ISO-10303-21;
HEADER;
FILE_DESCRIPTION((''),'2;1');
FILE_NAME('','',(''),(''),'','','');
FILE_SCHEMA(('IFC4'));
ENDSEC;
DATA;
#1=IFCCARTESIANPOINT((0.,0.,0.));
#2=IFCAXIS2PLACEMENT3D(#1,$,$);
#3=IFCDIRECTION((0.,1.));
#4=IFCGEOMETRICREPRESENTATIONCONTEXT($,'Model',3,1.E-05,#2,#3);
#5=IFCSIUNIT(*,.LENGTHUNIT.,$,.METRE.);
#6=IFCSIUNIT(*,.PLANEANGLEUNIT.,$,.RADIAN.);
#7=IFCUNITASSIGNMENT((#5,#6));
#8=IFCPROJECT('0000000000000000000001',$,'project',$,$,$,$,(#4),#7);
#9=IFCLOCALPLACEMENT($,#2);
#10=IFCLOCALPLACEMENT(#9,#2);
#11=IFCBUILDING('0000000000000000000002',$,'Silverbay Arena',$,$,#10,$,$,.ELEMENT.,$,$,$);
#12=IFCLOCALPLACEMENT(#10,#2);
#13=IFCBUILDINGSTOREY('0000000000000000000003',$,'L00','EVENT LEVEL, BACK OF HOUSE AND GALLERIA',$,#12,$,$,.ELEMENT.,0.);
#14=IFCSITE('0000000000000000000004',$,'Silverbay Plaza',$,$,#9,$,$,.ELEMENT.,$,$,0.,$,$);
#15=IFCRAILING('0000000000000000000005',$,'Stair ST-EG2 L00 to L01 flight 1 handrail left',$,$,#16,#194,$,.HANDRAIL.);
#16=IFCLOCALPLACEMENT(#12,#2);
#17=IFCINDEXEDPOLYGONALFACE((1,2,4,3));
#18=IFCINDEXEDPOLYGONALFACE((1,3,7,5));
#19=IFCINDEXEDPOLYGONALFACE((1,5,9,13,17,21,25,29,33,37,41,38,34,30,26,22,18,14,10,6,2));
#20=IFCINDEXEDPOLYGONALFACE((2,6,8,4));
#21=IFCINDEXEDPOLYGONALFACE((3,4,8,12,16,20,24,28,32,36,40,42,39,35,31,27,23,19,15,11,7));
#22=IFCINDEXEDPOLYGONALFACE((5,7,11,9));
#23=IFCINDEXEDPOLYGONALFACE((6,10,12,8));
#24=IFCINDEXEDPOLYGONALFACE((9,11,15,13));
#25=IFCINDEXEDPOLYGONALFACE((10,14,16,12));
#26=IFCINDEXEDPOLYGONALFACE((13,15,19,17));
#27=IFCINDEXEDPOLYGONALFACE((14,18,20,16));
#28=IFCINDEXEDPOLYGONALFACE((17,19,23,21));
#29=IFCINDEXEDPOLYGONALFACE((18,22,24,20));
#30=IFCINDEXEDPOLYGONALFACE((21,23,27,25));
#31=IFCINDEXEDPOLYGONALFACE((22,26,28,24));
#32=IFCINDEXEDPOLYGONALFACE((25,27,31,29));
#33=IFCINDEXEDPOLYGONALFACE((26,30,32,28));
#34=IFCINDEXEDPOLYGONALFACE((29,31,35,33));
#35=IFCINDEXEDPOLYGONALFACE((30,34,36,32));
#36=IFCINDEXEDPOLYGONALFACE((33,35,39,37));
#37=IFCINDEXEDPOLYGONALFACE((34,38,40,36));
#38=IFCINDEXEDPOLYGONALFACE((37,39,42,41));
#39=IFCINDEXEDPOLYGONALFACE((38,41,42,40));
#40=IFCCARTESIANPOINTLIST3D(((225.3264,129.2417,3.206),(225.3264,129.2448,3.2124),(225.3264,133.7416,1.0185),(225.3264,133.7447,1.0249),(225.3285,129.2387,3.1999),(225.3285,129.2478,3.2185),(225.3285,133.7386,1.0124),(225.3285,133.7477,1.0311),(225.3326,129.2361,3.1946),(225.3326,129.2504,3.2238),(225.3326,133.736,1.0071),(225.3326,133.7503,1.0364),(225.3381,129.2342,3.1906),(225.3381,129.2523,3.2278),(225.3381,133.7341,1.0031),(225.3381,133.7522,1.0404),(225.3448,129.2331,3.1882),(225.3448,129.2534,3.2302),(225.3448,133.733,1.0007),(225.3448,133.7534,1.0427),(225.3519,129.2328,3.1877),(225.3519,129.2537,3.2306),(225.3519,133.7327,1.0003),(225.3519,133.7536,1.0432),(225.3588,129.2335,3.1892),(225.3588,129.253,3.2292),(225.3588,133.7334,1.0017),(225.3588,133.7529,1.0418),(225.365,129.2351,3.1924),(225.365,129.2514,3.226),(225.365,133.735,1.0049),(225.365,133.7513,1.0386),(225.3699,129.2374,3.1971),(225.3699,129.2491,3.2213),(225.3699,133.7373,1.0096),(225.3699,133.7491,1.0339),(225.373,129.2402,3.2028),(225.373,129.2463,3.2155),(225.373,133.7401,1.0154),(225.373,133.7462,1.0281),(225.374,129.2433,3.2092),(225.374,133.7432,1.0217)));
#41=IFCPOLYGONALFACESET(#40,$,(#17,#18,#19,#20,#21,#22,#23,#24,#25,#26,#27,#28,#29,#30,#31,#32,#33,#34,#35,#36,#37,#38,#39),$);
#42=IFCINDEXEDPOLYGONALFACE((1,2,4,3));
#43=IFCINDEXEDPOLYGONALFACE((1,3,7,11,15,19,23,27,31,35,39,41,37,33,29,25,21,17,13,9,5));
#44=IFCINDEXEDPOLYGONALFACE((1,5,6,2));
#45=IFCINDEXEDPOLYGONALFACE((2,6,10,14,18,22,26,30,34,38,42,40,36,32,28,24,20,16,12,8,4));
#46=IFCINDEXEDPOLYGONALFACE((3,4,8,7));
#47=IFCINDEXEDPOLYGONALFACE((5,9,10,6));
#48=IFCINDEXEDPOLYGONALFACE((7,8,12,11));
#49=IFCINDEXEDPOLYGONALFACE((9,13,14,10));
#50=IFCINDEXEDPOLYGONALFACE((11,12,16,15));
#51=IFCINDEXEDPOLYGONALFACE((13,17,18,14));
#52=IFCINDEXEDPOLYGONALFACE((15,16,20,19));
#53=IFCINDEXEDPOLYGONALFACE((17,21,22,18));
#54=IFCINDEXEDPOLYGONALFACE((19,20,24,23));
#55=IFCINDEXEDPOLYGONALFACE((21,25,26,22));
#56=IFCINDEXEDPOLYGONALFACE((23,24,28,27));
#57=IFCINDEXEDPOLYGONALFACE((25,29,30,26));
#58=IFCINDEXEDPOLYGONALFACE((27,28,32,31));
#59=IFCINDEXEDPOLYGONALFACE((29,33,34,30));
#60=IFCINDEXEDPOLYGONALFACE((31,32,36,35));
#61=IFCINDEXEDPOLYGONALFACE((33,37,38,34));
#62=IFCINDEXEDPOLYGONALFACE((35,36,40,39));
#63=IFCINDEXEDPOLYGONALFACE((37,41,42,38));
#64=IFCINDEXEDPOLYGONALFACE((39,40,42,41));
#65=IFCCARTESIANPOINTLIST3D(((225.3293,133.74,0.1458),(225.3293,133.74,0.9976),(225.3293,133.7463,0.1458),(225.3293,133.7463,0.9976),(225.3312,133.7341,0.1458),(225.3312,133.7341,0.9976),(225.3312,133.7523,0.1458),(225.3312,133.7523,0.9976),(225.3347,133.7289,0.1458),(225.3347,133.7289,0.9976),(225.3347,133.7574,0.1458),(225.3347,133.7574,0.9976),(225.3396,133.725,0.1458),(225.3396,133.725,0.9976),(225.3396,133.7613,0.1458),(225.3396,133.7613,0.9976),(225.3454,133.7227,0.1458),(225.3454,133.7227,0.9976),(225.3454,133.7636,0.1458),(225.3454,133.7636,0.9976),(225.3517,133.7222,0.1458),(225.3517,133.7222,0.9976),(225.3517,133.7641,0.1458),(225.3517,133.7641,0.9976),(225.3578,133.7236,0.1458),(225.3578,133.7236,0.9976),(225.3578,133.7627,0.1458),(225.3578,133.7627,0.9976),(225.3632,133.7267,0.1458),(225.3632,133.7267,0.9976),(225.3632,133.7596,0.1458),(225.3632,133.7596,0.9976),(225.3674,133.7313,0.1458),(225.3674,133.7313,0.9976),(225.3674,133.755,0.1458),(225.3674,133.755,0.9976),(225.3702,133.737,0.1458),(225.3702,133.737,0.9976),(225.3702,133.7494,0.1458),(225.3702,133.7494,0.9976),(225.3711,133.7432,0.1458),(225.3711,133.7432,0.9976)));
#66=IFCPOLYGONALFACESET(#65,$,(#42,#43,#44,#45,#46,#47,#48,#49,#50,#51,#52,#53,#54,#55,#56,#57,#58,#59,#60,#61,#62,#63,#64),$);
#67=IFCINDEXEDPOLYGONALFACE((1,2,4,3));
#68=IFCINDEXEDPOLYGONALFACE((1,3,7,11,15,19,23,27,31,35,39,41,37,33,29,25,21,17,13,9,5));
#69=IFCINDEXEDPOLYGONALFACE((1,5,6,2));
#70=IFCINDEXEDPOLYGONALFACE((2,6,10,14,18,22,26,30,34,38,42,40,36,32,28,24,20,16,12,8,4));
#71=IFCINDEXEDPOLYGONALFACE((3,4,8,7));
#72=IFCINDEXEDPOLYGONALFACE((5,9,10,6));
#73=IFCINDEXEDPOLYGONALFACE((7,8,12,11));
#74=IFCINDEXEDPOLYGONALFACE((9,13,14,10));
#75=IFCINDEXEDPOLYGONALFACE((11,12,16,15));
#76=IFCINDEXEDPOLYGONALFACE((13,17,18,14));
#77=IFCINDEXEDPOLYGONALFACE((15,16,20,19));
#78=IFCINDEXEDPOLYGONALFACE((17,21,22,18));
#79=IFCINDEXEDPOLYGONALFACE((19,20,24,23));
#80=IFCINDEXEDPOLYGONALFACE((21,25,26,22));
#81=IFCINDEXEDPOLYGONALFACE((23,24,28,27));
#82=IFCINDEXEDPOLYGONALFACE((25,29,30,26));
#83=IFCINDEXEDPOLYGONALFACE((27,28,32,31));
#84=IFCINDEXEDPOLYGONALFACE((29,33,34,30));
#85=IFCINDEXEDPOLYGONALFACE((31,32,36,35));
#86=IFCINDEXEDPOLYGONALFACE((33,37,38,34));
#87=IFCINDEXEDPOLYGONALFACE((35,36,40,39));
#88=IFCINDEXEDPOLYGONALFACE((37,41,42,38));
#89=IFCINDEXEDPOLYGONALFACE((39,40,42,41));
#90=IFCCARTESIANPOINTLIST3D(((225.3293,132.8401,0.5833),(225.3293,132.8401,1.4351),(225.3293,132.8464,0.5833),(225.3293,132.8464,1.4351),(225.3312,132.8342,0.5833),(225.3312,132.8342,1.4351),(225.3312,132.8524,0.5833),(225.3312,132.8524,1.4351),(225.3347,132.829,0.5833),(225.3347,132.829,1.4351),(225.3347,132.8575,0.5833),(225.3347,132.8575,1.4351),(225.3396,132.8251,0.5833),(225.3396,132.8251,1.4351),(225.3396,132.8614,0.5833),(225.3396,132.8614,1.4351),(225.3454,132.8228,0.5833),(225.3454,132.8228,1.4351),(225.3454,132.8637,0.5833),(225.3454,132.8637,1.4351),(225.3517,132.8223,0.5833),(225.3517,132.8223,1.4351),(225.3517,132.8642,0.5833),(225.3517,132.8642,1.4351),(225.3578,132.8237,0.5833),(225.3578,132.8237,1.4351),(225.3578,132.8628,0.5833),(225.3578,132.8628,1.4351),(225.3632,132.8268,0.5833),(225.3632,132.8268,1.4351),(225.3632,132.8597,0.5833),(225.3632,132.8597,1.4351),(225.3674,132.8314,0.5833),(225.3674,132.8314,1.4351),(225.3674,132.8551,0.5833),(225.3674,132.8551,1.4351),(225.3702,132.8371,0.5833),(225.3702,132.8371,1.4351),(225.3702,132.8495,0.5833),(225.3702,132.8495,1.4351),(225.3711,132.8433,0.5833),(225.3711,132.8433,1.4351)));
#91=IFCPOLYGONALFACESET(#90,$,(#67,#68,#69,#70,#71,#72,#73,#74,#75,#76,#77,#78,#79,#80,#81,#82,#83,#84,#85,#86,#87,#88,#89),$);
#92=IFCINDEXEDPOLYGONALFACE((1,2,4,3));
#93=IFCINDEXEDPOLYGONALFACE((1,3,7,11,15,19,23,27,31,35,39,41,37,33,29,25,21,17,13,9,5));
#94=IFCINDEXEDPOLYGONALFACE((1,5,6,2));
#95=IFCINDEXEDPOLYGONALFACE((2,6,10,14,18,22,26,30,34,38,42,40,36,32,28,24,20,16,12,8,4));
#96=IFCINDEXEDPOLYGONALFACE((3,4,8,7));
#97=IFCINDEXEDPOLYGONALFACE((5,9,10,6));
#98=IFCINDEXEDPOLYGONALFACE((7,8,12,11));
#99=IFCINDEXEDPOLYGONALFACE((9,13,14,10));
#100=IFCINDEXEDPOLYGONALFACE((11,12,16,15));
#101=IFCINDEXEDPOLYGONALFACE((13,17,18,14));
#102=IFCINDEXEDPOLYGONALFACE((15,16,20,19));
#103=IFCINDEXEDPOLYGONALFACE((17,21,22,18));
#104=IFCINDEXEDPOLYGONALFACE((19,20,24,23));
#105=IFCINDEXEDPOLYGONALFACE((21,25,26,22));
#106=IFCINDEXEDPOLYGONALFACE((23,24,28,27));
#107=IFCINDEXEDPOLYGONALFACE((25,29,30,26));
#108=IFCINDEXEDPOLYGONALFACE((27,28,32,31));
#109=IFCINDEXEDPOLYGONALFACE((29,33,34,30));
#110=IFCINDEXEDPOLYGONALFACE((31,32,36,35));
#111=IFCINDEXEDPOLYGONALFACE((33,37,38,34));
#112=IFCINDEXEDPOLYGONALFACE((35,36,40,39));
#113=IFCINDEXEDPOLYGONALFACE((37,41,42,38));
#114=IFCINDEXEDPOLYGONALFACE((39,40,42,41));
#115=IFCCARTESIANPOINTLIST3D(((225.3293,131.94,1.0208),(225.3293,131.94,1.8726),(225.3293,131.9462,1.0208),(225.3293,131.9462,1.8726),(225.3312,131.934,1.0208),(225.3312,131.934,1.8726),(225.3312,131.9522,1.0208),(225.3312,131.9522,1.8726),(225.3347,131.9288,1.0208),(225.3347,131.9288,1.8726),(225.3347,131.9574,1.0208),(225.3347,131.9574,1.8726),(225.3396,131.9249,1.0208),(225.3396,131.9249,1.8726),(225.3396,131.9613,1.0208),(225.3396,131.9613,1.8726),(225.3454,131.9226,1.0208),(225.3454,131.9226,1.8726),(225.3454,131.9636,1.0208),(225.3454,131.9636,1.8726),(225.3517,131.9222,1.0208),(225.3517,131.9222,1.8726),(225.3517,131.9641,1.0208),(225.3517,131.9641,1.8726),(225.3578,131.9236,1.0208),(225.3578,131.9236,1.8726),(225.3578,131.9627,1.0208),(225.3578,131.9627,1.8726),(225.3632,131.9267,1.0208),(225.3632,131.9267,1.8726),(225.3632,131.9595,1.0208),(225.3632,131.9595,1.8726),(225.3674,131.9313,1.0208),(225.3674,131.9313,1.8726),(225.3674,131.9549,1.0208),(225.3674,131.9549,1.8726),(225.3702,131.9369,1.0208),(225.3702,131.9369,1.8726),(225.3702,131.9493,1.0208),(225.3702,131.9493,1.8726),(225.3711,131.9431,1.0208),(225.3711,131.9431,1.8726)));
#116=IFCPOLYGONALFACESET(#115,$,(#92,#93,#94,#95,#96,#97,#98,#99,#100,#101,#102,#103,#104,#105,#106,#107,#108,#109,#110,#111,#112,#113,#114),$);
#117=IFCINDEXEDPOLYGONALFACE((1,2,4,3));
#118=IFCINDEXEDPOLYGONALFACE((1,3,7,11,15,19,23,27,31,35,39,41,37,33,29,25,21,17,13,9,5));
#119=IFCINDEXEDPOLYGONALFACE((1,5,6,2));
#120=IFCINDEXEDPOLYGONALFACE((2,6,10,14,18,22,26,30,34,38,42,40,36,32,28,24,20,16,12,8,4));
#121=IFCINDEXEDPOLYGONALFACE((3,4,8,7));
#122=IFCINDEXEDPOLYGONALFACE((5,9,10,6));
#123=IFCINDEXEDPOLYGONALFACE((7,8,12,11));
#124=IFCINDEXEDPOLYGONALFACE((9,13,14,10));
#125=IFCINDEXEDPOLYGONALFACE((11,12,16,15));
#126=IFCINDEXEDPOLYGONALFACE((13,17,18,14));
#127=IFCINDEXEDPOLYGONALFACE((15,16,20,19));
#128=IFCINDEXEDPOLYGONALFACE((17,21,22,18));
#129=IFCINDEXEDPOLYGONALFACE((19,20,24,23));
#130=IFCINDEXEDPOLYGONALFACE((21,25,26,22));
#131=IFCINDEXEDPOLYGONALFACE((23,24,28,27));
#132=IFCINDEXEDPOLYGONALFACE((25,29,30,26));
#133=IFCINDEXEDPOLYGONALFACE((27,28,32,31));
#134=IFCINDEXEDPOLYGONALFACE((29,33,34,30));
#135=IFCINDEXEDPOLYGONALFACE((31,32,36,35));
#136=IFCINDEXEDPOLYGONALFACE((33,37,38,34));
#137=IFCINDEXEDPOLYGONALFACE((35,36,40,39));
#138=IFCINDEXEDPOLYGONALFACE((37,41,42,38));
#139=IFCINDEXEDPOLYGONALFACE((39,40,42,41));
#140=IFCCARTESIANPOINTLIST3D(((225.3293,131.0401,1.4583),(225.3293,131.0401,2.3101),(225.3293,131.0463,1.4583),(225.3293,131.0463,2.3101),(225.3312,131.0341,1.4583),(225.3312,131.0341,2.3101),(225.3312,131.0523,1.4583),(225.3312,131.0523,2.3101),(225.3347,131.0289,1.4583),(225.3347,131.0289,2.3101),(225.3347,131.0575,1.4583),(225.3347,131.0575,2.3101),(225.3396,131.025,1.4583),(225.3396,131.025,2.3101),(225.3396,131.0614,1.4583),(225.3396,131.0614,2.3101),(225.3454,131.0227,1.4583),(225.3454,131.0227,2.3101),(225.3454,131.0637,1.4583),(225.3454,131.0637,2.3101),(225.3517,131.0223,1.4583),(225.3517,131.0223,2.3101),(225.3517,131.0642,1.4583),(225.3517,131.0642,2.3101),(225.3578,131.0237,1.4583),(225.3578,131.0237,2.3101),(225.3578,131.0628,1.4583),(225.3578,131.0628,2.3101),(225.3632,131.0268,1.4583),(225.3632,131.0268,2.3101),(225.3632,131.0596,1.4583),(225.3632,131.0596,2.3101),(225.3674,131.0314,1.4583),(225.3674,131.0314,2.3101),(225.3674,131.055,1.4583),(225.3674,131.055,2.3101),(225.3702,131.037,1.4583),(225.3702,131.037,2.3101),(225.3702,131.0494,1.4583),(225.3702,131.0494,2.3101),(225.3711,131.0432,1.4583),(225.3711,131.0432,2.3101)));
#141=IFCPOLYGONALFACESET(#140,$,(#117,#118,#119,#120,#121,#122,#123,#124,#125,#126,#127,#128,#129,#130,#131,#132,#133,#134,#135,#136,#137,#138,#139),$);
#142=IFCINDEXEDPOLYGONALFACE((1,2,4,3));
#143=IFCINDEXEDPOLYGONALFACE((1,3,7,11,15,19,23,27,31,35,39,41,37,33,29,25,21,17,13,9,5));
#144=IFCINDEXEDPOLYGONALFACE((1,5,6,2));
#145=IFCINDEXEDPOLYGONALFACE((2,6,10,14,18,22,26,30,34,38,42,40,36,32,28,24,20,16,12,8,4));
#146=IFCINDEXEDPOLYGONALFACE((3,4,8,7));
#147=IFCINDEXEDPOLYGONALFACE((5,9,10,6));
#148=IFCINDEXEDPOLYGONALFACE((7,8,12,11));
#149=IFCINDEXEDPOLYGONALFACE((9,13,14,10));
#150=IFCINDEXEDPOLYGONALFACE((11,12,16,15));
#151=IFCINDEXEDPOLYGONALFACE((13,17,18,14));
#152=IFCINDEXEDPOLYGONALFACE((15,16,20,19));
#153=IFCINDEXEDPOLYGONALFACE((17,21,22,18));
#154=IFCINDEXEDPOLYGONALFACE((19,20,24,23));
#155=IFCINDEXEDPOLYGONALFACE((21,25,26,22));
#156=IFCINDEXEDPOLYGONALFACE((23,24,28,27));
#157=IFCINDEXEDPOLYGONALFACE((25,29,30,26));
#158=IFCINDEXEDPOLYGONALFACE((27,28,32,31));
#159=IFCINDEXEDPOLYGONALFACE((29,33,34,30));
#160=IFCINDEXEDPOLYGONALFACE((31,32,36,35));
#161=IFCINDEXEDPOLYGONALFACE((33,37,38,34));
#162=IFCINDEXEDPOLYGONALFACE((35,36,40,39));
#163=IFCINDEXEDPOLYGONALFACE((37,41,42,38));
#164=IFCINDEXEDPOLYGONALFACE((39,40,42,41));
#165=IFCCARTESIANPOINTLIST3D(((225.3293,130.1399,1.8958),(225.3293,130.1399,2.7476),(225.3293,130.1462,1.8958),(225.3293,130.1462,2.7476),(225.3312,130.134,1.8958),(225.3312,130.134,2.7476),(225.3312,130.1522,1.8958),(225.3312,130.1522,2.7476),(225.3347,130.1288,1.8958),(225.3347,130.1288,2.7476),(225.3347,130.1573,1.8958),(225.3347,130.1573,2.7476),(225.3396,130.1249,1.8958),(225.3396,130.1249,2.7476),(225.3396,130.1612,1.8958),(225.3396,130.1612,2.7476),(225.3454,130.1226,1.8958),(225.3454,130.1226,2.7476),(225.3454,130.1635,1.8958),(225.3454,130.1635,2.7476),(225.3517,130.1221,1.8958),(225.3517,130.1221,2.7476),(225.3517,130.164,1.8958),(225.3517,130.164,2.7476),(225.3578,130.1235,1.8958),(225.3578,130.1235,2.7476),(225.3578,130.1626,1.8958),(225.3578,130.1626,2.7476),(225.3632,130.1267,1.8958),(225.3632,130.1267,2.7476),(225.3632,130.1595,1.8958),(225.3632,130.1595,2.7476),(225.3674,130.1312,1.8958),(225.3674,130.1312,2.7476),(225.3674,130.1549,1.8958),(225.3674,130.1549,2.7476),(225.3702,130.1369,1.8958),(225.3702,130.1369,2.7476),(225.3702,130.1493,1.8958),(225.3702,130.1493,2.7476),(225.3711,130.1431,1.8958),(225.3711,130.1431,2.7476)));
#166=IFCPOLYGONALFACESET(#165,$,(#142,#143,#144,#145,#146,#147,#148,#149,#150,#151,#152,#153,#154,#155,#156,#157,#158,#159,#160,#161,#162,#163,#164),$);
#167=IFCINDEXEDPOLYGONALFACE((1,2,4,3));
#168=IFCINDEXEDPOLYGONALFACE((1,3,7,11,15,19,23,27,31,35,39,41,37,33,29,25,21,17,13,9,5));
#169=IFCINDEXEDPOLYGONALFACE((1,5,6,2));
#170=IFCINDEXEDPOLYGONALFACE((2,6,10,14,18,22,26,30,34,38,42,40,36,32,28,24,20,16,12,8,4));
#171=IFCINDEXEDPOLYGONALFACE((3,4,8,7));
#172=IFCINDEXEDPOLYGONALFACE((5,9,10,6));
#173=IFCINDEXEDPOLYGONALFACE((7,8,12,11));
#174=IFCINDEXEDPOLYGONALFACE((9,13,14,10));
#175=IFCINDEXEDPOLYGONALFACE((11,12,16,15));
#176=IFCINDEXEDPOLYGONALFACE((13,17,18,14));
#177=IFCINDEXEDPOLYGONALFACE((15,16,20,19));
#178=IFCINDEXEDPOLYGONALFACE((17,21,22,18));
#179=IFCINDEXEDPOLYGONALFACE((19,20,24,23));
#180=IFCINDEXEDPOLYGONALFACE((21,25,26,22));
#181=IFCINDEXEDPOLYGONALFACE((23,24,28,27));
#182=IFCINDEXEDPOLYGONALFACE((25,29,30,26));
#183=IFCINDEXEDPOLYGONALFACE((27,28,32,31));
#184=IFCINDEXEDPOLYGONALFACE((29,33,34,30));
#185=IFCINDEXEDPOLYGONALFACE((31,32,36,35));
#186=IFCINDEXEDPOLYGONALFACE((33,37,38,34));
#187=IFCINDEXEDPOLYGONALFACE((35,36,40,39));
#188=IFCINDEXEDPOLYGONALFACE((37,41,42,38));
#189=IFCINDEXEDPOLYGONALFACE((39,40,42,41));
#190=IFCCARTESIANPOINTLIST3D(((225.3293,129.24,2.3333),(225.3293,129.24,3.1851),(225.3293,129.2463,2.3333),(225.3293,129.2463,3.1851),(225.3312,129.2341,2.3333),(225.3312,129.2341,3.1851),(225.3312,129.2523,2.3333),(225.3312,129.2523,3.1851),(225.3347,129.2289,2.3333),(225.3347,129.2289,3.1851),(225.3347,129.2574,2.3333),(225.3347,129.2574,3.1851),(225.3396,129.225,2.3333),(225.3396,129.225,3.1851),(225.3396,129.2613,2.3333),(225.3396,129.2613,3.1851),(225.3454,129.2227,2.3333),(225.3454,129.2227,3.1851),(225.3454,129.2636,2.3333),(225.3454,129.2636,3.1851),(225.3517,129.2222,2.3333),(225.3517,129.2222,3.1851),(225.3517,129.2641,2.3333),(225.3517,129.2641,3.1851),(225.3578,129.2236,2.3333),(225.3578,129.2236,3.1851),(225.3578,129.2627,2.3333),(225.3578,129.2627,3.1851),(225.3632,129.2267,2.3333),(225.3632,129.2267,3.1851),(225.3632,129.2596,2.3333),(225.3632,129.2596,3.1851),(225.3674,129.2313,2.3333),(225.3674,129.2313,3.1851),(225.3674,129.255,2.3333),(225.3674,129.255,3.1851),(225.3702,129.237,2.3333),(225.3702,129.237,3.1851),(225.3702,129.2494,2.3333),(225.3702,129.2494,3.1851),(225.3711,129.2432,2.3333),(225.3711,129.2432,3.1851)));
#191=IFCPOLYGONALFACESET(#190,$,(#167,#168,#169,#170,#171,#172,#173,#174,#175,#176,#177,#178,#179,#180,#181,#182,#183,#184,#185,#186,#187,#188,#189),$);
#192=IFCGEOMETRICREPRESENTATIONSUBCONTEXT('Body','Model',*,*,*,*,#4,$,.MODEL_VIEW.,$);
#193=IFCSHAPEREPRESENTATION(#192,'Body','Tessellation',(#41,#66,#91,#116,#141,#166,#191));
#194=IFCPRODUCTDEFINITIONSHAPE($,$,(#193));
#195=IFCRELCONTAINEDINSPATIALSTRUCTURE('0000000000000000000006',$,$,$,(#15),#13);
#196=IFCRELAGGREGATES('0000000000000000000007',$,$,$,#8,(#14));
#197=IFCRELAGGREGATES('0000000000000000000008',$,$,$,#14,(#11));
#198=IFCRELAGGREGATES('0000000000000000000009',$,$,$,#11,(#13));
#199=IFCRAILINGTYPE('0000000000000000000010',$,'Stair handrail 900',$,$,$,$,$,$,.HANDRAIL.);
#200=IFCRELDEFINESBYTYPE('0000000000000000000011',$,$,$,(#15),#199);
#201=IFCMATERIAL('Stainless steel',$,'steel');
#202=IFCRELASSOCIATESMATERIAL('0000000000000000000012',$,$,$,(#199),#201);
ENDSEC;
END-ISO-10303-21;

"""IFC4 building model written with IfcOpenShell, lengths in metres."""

from ifc_helpers import new_model, si_unit, direction, frame, origin, origin_2d, place, context, subcontext, project, spatial, circle, extrude, material, type_object, element, save


model = new_model("IFC4")

# Units and contexts
model_context = context("Model", 3, precision=1e-05, world=origin(), true_north=direction((0.0, 1.0)))
body_context = subcontext(model_context, "Body", "Model", "MODEL_VIEW")
ifc_project = project(units=[si_unit("LENGTHUNIT", "METRE"), si_unit("PLANEANGLEUNIT", "RADIAN")], contexts=[model_context])

# Site, building, storey
site_placement = place(None, origin())
site = spatial("IfcSite", under=ifc_project, at=site_placement, Name="Silverbay Plaza", CompositionType="ELEMENT", RefElevation=0.0)
building_placement = place(site_placement, origin())
building = spatial("IfcBuilding", under=site, at=building_placement, Name="Silverbay Arena", CompositionType="ELEMENT")
storey_placement = place(building_placement, origin())
storey = spatial("IfcBuildingStorey", under=building, at=storey_placement, Name="L00", Description="EVENT LEVEL, BACK OF HOUSE AND GALLERIA", CompositionType="ELEMENT", Elevation=0.0)

# Railing
ifc_material_1 = material(Name="Stainless steel", Category="steel")
railing_type_1 = type_object("IfcRailingType", Name="Stair handrail 900", PredefinedType="HANDRAIL", material=ifc_material_1)
for number, where, name in (
    (1, (225.3501, 133.7432, 0.1458), "Stair ST-EG2 L00 to L01 flight 1 handrail left"),
):
    element("IfcRailing", number, at=place(storey_placement, frame(where)), inside=storey, type_object=railing_type_1, Name=name, PredefinedType="HANDRAIL", context=body_context, shape_type="SweptSolid", body=[
        extrude(circle(Radius=0.0239, at=origin_2d()), frame((0.0, 0.0, 0.876), z_axis=(0.0, -0.899368, 0.437193), x_axis=(1.0, 0.0, 0.0)), (0.0, 0.0, 1.0), 5.0034),
        extrude(circle(Radius=0.021, at=origin_2d()), origin(), (0.0, 0.0, 1.0), 0.8518),
        extrude(circle(Radius=0.021, at=origin_2d()), frame((0.0, -0.8999, 0.4375)), (0.0, 0.0, 1.0), 0.8518),
        extrude(circle(Radius=0.021, at=origin_2d()), frame((0.0, -1.8, 0.875)), (0.0, 0.0, 1.0), 0.8518),
        extrude(circle(Radius=0.021, at=origin_2d()), frame((0.0, -2.7, 1.3125)), (0.0, 0.0, 1.0), 0.8518),
        extrude(circle(Radius=0.021, at=origin_2d()), frame((0.0, -3.6001, 1.75)), (0.0, 0.0, 1.0), 0.8518),
        extrude(circle(Radius=0.021, at=origin_2d()), frame((0.0, -4.5, 2.1875)), (0.0, 0.0, 1.0), 0.8518),
    ])

save(model, "model.ifc")
